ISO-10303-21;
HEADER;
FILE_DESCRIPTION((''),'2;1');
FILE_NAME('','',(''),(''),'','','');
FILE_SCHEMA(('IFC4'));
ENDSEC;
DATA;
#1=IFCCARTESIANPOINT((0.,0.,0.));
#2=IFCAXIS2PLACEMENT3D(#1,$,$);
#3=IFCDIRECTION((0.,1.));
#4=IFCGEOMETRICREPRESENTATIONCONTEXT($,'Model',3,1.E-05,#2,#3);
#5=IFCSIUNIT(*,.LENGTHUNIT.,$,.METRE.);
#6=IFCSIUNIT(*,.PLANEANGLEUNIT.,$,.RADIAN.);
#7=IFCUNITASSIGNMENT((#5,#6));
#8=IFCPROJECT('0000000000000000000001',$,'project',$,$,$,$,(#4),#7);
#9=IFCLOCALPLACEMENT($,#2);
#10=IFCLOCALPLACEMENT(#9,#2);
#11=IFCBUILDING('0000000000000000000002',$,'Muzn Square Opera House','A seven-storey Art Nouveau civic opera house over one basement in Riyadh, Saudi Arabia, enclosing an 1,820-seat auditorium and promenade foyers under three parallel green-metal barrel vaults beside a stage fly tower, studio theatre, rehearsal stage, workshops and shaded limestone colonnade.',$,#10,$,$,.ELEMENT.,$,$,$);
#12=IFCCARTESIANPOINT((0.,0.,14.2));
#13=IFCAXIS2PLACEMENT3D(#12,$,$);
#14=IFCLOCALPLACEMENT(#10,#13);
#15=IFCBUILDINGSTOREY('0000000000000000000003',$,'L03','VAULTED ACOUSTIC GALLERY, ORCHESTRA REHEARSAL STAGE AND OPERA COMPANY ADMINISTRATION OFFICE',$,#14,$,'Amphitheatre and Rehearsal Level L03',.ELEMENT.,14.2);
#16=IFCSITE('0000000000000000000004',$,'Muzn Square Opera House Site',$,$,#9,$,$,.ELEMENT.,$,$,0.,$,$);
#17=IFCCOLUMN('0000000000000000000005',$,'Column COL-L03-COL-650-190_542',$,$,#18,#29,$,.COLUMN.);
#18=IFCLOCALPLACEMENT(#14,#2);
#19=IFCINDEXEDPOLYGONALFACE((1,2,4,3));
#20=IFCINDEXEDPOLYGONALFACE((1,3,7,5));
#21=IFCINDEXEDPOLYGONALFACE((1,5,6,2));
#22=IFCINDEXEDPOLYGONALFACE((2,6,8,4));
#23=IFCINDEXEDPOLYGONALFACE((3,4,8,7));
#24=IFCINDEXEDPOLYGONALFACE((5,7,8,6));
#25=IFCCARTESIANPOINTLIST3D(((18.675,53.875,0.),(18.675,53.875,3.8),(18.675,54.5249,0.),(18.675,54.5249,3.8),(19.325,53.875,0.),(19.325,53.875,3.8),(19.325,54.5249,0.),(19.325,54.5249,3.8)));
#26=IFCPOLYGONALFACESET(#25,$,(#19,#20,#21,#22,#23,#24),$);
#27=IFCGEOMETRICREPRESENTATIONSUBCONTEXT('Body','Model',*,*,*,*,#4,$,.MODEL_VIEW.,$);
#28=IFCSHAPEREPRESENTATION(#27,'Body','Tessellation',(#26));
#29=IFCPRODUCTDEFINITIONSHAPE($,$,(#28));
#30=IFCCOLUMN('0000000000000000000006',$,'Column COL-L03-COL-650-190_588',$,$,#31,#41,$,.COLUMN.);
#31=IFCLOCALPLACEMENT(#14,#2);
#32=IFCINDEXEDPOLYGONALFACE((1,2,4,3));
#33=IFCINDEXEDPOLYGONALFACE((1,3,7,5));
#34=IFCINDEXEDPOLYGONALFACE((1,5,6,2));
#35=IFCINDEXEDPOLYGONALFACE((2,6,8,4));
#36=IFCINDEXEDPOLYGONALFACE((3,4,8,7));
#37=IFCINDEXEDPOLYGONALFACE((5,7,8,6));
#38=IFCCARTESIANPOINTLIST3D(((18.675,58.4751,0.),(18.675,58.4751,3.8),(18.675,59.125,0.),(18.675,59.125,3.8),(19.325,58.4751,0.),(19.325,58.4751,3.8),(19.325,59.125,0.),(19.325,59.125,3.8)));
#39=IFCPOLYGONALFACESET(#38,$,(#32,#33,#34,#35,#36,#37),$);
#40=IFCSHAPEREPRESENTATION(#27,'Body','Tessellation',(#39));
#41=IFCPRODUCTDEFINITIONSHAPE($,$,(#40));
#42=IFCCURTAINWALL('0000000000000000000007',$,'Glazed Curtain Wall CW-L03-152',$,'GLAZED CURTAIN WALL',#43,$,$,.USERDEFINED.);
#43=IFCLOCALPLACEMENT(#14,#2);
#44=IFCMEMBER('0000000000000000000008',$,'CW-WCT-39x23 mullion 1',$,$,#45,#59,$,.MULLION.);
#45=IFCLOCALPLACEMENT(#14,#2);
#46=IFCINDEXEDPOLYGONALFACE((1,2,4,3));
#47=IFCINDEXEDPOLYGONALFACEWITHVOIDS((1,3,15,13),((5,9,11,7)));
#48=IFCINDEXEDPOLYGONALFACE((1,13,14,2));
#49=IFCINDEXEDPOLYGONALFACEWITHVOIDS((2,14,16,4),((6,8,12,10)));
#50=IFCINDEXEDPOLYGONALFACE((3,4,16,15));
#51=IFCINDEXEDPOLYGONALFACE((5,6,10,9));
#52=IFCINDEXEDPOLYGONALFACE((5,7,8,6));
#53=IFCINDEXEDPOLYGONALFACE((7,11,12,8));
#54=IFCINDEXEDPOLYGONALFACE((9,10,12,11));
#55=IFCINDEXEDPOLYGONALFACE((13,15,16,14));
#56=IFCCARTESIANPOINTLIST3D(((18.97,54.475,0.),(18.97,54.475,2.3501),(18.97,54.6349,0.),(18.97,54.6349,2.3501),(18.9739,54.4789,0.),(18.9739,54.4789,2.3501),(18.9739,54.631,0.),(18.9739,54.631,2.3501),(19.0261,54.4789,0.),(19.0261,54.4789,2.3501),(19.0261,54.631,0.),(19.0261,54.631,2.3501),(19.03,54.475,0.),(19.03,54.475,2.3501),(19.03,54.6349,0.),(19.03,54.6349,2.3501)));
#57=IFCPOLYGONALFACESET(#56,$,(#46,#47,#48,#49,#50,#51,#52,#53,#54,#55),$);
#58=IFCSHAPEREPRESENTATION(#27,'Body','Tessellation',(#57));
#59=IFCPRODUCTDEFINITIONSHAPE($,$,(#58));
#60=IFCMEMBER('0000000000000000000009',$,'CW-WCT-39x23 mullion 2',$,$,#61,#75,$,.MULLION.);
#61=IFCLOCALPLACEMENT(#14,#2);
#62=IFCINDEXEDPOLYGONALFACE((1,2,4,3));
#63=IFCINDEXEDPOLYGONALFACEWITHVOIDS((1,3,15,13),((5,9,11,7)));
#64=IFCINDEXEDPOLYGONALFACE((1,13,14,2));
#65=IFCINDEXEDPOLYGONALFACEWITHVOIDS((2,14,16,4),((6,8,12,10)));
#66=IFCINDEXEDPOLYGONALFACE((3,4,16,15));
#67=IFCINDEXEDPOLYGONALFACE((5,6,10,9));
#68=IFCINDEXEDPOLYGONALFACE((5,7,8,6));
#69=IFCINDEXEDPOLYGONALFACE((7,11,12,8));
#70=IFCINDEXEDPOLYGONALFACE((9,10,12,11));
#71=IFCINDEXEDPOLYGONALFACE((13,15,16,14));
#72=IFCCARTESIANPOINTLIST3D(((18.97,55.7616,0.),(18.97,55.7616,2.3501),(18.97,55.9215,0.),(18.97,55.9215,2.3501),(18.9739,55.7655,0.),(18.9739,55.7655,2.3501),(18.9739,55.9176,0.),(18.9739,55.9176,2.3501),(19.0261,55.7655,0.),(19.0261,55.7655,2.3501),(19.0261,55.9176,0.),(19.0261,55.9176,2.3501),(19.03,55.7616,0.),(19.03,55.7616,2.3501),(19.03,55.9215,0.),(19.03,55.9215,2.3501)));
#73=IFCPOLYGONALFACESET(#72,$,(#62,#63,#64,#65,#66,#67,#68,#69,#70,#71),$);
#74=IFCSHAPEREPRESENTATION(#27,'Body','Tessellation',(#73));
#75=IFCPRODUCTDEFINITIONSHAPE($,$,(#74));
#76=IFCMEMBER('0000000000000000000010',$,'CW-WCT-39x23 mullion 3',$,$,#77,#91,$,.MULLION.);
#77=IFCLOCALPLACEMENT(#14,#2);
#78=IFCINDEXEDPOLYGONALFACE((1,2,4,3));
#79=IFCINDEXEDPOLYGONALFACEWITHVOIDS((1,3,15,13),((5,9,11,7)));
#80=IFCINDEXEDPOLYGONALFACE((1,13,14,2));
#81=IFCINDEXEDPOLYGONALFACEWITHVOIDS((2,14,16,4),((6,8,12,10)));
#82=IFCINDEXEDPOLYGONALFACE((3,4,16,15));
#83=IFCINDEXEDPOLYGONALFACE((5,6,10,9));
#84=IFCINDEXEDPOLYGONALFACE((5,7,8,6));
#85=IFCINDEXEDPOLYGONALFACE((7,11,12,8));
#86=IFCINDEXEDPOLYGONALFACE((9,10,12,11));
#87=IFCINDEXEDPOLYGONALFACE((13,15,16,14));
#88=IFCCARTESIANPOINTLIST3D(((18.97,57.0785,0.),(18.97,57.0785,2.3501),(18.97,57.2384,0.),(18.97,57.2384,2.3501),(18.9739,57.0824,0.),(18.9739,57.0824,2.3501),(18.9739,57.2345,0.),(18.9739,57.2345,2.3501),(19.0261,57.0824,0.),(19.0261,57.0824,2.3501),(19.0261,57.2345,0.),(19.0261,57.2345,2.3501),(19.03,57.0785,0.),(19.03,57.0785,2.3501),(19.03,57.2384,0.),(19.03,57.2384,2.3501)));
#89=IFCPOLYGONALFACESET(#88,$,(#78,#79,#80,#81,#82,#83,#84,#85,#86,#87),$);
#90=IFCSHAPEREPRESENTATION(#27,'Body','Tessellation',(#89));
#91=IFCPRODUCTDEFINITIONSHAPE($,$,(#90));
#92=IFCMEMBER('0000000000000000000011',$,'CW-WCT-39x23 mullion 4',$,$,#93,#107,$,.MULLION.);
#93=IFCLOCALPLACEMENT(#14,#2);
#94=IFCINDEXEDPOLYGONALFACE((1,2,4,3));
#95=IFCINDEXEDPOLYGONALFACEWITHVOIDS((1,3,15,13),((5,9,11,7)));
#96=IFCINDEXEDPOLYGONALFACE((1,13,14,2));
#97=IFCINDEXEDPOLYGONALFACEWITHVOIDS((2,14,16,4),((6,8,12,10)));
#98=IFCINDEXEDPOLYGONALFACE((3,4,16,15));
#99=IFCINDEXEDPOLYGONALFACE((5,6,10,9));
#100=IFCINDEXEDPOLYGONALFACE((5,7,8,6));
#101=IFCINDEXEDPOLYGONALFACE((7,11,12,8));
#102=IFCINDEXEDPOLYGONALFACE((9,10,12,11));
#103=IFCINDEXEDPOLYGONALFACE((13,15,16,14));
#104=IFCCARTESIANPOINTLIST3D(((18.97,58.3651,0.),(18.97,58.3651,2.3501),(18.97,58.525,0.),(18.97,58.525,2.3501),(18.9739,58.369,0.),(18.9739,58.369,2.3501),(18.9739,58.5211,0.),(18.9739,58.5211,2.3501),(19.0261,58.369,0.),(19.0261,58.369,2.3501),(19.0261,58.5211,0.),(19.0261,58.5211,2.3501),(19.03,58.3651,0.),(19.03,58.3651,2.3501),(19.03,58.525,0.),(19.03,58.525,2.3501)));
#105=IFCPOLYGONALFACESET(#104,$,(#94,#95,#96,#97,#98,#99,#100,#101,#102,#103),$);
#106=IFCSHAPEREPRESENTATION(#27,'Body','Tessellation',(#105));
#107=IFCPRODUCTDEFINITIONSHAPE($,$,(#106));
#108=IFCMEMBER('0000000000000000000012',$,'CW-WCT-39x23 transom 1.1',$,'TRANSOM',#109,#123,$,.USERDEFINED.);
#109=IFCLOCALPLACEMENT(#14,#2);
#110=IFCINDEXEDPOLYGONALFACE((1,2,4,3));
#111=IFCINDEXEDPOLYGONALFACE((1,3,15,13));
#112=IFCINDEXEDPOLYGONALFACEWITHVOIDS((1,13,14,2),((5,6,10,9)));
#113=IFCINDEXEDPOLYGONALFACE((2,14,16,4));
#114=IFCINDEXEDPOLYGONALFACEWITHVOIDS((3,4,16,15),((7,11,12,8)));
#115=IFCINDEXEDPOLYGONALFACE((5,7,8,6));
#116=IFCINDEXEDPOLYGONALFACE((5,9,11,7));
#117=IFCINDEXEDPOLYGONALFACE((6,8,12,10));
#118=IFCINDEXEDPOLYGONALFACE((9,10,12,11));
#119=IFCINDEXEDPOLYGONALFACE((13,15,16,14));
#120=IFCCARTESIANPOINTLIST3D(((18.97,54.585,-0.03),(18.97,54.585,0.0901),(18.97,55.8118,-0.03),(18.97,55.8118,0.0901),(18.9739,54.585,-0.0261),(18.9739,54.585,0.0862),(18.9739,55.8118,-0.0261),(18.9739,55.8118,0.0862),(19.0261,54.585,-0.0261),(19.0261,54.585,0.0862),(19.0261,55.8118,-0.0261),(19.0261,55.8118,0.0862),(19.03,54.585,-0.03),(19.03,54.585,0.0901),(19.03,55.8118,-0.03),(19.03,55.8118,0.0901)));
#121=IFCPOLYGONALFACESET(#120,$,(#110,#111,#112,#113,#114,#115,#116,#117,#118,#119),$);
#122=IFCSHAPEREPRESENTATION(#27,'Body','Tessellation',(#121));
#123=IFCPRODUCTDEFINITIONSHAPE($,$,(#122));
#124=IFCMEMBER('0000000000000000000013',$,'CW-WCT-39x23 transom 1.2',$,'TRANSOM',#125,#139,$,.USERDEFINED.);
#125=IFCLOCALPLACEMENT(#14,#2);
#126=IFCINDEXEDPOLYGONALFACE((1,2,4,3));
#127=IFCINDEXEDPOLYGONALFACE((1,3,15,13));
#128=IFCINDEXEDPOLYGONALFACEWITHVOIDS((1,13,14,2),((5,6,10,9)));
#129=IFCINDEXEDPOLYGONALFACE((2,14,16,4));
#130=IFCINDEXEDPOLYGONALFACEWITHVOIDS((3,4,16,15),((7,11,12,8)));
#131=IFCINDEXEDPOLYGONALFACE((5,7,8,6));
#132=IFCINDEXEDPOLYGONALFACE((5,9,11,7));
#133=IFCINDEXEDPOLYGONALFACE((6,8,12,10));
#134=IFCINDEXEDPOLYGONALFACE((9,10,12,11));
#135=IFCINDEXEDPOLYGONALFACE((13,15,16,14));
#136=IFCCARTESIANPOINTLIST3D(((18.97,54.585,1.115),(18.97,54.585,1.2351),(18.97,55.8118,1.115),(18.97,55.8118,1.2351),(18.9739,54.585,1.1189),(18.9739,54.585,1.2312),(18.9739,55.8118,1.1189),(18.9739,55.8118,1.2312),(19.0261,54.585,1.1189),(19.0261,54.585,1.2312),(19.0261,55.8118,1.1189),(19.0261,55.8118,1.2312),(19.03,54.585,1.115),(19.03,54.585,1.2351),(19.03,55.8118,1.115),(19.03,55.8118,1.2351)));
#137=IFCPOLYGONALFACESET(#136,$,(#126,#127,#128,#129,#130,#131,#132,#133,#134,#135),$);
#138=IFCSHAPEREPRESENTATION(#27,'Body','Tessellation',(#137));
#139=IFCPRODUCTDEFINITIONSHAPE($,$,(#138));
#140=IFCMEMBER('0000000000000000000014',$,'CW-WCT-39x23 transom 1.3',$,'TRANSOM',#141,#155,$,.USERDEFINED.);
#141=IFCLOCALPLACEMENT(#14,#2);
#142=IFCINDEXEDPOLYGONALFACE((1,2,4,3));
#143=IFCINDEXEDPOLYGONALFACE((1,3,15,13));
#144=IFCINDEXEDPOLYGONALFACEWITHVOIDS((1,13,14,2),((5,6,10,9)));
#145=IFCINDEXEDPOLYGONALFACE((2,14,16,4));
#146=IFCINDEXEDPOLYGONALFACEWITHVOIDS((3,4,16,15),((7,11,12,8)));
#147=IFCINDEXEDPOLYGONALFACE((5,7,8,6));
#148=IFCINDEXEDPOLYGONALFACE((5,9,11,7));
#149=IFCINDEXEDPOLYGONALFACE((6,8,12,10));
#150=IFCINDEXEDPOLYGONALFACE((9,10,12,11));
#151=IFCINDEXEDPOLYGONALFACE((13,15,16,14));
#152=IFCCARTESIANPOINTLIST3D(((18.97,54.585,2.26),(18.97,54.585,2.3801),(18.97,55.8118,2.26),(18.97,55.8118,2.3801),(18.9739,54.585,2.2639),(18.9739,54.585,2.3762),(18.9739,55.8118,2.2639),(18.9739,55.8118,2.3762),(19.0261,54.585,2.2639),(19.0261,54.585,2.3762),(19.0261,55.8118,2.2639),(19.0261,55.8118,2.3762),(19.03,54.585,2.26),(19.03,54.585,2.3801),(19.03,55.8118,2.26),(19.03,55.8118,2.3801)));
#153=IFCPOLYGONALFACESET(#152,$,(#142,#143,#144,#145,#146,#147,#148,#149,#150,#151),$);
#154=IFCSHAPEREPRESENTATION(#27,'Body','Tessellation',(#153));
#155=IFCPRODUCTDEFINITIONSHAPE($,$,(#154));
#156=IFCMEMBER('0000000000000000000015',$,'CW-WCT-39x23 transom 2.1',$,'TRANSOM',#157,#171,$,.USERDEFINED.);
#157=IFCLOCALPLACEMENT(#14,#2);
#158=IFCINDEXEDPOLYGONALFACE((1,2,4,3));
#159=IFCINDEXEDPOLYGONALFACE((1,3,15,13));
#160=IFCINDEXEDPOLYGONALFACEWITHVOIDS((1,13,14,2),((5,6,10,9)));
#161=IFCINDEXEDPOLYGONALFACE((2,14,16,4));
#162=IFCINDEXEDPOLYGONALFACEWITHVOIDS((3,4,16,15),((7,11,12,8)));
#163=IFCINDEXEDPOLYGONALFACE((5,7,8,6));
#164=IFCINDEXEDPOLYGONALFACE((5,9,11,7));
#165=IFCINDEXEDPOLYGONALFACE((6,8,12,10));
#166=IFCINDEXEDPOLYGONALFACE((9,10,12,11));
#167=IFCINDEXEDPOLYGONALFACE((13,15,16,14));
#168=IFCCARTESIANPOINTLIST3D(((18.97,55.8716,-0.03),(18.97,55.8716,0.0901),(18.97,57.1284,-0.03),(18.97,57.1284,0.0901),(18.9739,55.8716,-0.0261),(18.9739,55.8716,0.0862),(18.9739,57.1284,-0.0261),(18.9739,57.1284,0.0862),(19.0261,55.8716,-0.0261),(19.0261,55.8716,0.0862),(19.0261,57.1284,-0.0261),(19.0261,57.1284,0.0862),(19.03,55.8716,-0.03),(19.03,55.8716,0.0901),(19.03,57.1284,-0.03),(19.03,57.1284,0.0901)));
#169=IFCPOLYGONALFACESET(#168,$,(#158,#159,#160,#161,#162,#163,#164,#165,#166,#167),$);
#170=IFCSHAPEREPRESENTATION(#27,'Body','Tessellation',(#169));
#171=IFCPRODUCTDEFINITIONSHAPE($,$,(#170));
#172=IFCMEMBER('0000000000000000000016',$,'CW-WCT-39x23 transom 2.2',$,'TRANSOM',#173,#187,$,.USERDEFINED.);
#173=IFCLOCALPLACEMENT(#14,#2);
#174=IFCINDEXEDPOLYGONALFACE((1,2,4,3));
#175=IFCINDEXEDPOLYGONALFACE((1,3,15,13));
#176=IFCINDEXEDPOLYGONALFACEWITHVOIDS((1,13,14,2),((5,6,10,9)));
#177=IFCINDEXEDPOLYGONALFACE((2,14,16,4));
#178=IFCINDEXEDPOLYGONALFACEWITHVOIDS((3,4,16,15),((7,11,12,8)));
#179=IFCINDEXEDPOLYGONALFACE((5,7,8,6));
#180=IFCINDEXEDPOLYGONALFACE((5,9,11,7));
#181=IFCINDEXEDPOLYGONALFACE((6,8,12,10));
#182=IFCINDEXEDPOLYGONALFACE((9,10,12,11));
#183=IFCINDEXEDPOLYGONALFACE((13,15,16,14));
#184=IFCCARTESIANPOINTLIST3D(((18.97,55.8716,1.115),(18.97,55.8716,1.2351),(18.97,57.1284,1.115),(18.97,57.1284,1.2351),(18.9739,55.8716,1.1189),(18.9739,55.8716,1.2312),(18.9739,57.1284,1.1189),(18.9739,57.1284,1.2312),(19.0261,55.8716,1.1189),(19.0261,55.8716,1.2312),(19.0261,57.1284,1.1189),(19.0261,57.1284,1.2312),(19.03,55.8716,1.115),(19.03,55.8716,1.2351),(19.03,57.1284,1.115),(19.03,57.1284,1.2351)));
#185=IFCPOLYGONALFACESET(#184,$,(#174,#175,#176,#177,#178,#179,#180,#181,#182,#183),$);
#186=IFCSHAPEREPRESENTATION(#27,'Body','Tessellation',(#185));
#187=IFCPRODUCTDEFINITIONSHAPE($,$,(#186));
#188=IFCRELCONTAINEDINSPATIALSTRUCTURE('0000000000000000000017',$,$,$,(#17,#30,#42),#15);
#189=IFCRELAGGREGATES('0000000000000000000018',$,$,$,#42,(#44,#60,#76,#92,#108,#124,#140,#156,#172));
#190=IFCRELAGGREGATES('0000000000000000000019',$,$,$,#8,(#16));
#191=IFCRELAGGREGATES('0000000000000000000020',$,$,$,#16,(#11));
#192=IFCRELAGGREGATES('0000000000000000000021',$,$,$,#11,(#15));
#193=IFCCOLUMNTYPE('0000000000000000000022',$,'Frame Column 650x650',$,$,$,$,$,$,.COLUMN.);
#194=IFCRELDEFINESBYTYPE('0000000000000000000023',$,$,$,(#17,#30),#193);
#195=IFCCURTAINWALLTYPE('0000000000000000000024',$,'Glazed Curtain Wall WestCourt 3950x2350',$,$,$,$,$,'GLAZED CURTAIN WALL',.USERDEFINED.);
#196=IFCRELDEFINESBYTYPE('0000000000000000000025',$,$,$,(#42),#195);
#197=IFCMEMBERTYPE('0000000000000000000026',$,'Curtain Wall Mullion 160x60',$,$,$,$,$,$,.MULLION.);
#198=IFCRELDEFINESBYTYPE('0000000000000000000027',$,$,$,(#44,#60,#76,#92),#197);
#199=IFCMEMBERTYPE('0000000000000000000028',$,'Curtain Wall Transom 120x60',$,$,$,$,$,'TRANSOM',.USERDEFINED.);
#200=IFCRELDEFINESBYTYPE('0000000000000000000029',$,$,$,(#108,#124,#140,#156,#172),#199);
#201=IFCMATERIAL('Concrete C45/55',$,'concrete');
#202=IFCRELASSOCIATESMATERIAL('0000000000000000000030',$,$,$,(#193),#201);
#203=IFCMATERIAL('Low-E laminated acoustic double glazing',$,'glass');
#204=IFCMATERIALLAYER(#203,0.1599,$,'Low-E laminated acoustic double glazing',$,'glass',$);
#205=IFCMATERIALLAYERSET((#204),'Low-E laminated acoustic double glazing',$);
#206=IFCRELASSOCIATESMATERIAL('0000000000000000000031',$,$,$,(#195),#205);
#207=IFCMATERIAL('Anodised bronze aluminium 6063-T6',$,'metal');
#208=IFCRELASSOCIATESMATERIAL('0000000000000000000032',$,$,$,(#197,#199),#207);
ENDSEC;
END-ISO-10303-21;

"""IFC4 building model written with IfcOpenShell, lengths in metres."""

from ifc_helpers import new_model, si_unit, direction, frame, origin, origin_2d, place, context, subcontext, project, spatial, rectangle, hollow_rectangle, extrude, material, layer, layer_set, material_profile, profile_set, type_object, element, aggregate, save


model = new_model("IFC4")

# Units and contexts
model_context = context("Model", 3, precision=1e-05, world=origin(), true_north=direction((0.0, 1.0)))
body_context = subcontext(model_context, "Body", "Model", "MODEL_VIEW")
ifc_project = project(units=[si_unit("LENGTHUNIT", "METRE"), si_unit("PLANEANGLEUNIT", "RADIAN")], contexts=[model_context])

# Site, building, storey
site_placement = place(None, origin())
site = spatial("IfcSite", under=ifc_project, at=site_placement, Name="Muzn Square Opera House Site", CompositionType="ELEMENT", RefElevation=0.0)
building_placement = place(site_placement, origin())
building = spatial("IfcBuilding", under=site, at=building_placement, Name="Muzn Square Opera House", Description="A seven-storey Art Nouveau civic opera house over one basement in Riyadh, Saudi Arabia, enclosing an 1,820-seat auditorium and promenade foyers under three parallel green-metal barrel vaults beside a stage fly tower, studio theatre, rehearsal stage, workshops and shaded limestone colonnade.", CompositionType="ELEMENT")
storey_placement = place(building_placement, frame((0.0, 0.0, 14.2)))
storey = spatial("IfcBuildingStorey", under=building, at=storey_placement, Name="L03", Description="VAULTED ACOUSTIC GALLERY, ORCHESTRA REHEARSAL STAGE AND OPERA COMPANY ADMINISTRATION OFFICE", LongName="Amphitheatre and Rehearsal Level L03", CompositionType="ELEMENT", Elevation=14.2)

# Columns
ifc_material_1 = material(Name="Concrete C45/55", Category="concrete")
ifc_material_profile_1 = material_profile(ifc_material_1, rectangle(XDim=0.6499, YDim=0.6499, at=origin_2d()), Name="RC 650x650", Category="concrete")
ifc_profile_set_1 = profile_set([ifc_material_profile_1], Name="Concrete C45/55")
column_type = type_object("IfcColumnType", Name="Frame Column 650x650", PredefinedType="COLUMN", material=ifc_profile_set_1)
for number, where, z_axis, x_axis, name in (
    (1, (19.0, 54.2, 0.0), (0.0, 0.0, 1.0), (1.0, 0.0, 0.0), "Column COL-L03-COL-650-190_542"),
    (2, (19.0, 58.8, 0.0), (0.0, 0.0, 1.0), (1.0, 0.0, 0.0), "Column COL-L03-COL-650-190_588"),
):
    element("IfcColumn", number, at=place(storey_placement, frame(where, z_axis=z_axis, x_axis=x_axis)), inside=storey, type_object=column_type, Name=name, PredefinedType="COLUMN", context=body_context, shape_type="SweptSolid", body=[
        extrude(rectangle(XDim=0.6499, YDim=0.6499, at=origin_2d()), origin(), (0.0, 0.0, 1.0), 3.8),
    ])

# Curtain wall, members
ifc_material_2 = material(Name="Low-E laminated acoustic double glazing", Category="glass")
ifc_layer_1 = layer(ifc_material_2, 0.1599, Name="Low-E laminated acoustic double glazing", Category="glass")
ifc_layer_set_1 = layer_set([ifc_layer_1], Name="Low-E laminated acoustic double glazing")
curtain_wall_type = type_object("IfcCurtainWallType", Name="Glazed Curtain Wall WestCourt 3950x2350", ElementType="GLAZED CURTAIN WALL", PredefinedType="USERDEFINED", material=ifc_layer_set_1)
curtain_wall_placement = place(storey_placement, origin())
curtain_wall = element("IfcCurtainWall", 3, at=curtain_wall_placement, inside=storey, type_object=curtain_wall_type, Name="Glazed Curtain Wall CW-L03-152", ObjectType="GLAZED CURTAIN WALL", PredefinedType="USERDEFINED")
ifc_material_3 = material(Name="Anodised bronze aluminium 6063-T6", Category="metal")
ifc_material_profile_2 = material_profile(ifc_material_3, hollow_rectangle(XDim=0.0601, YDim=0.1599, WallThickness=0.0039, at=origin_2d()), Name="ALU 160x60x4", Category="metal")
ifc_profile_set_2 = profile_set([ifc_material_profile_2], Name="Anodised bronze aluminium 6063-T6")
member_type_1 = type_object("IfcMemberType", Name="Curtain Wall Mullion 160x60", PredefinedType="MULLION", material=ifc_profile_set_2)
member_1_placement = place(storey_placement, frame((19.0, 54.5549, 0.0), z_axis=(0.0, 0.0, 1.0), x_axis=(-1.0, 0.0, 0.0)))
member_1 = element("IfcMember", 4, at=member_1_placement, type_object=member_type_1, Name="CW-WCT-39x23 mullion 1", PredefinedType="MULLION", context=body_context, shape_type="SweptSolid", body=[
    extrude(hollow_rectangle(XDim=0.0601, YDim=0.1599, WallThickness=0.0039, at=origin_2d()), origin(), (0.0, 0.0, 1.0), 2.3501),
])
member_2_placement = place(storey_placement, frame((19.0, 55.8416, 0.0), z_axis=(0.0, 0.0, 1.0), x_axis=(-1.0, 0.0, 0.0)))
member_2 = element("IfcMember", 5, at=member_2_placement, type_object=member_type_1, Name="CW-WCT-39x23 mullion 2", PredefinedType="MULLION", context=body_context, shape_type="SweptSolid", body=[
    extrude(hollow_rectangle(XDim=0.0601, YDim=0.1599, WallThickness=0.0039, at=origin_2d()), origin(), (0.0, 0.0, 1.0), 2.3501),
])
member_3_placement = place(storey_placement, frame((19.0, 57.1584, 0.0), z_axis=(0.0, 0.0, 1.0), x_axis=(-1.0, 0.0, 0.0)))
member_3 = element("IfcMember", 6, at=member_3_placement, type_object=member_type_1, Name="CW-WCT-39x23 mullion 3", PredefinedType="MULLION", context=body_context, shape_type="SweptSolid", body=[
    extrude(hollow_rectangle(XDim=0.0601, YDim=0.1599, WallThickness=0.0039, at=origin_2d()), origin(), (0.0, 0.0, 1.0), 2.3501),
])
member_4_placement = place(storey_placement, frame((19.0, 58.4451, 0.0), z_axis=(0.0, 0.0, 1.0), x_axis=(-1.0, 0.0, 0.0)))
member_4 = element("IfcMember", 7, at=member_4_placement, type_object=member_type_1, Name="CW-WCT-39x23 mullion 4", PredefinedType="MULLION", context=body_context, shape_type="SweptSolid", body=[
    extrude(hollow_rectangle(XDim=0.0601, YDim=0.1599, WallThickness=0.0039, at=origin_2d()), origin(), (0.0, 0.0, 1.0), 2.3501),
])
ifc_material_profile_3 = material_profile(ifc_material_3, hollow_rectangle(XDim=0.0601, YDim=0.1201, WallThickness=0.0039, at=origin_2d()), Name="ALU 120x60x4", Category="metal")
ifc_profile_set_3 = profile_set([ifc_material_profile_3], Name="Anodised bronze aluminium 6063-T6")
member_type_2 = type_object("IfcMemberType", Name="Curtain Wall Transom 120x60", ElementType="TRANSOM", PredefinedType="USERDEFINED", material=ifc_profile_set_3)
member_5_placement = place(storey_placement, frame((19.0, 54.585, 0.03), z_axis=(0.0, 1.0, 0.0), x_axis=(-1.0, 0.0, 0.0)))
member_5 = element("IfcMember", 8, at=member_5_placement, type_object=member_type_2, Name="CW-WCT-39x23 transom 1.1", ObjectType="TRANSOM", PredefinedType="USERDEFINED", context=body_context, shape_type="SweptSolid", body=[
    extrude(hollow_rectangle(XDim=0.0601, YDim=0.1201, WallThickness=0.0039, at=origin_2d()), origin(), (0.0, 0.0, 1.0), 1.2268),
])
member_6_placement = place(storey_placement, frame((19.0, 54.585, 1.175), z_axis=(0.0, 1.0, 0.0), x_axis=(-1.0, 0.0, 0.0)))
member_6 = element("IfcMember", 9, at=member_6_placement, type_object=member_type_2, Name="CW-WCT-39x23 transom 1.2", ObjectType="TRANSOM", PredefinedType="USERDEFINED", context=body_context, shape_type="SweptSolid", body=[
    extrude(hollow_rectangle(XDim=0.0601, YDim=0.1201, WallThickness=0.0039, at=origin_2d()), origin(), (0.0, 0.0, 1.0), 1.2268),
])
member_7_placement = place(storey_placement, frame((19.0, 54.585, 2.3201), z_axis=(0.0, 1.0, 0.0), x_axis=(-1.0, 0.0, 0.0)))
member_7 = element("IfcMember", 10, at=member_7_placement, type_object=member_type_2, Name="CW-WCT-39x23 transom 1.3", ObjectType="TRANSOM", PredefinedType="USERDEFINED", context=body_context, shape_type="SweptSolid", body=[
    extrude(hollow_rectangle(XDim=0.0601, YDim=0.1201, WallThickness=0.0039, at=origin_2d()), origin(), (0.0, 0.0, 1.0), 1.2268),
])
member_8_placement = place(storey_placement, frame((19.0, 55.8716, 0.03), z_axis=(0.0, 1.0, 0.0), x_axis=(-1.0, 0.0, 0.0)))
member_8 = element("IfcMember", 11, at=member_8_placement, type_object=member_type_2, Name="CW-WCT-39x23 transom 2.1", ObjectType="TRANSOM", PredefinedType="USERDEFINED", context=body_context, shape_type="SweptSolid", body=[
    extrude(hollow_rectangle(XDim=0.0601, YDim=0.1201, WallThickness=0.0039, at=origin_2d()), origin(), (0.0, 0.0, 1.0), 1.2568),
])
member_9_placement = place(storey_placement, frame((19.0, 55.8716, 1.175), z_axis=(0.0, 1.0, 0.0), x_axis=(-1.0, 0.0, 0.0)))
member_9 = element("IfcMember", 12, at=member_9_placement, type_object=member_type_2, Name="CW-WCT-39x23 transom 2.2", ObjectType="TRANSOM", PredefinedType="USERDEFINED", context=body_context, shape_type="SweptSolid", body=[
    extrude(hollow_rectangle(XDim=0.0601, YDim=0.1201, WallThickness=0.0039, at=origin_2d()), origin(), (0.0, 0.0, 1.0), 1.2568),
])

aggregate(curtain_wall, [member_1, member_2, member_3, member_4, member_5, member_6, member_7, member_8, member_9])

save(model, "model.ifc")
